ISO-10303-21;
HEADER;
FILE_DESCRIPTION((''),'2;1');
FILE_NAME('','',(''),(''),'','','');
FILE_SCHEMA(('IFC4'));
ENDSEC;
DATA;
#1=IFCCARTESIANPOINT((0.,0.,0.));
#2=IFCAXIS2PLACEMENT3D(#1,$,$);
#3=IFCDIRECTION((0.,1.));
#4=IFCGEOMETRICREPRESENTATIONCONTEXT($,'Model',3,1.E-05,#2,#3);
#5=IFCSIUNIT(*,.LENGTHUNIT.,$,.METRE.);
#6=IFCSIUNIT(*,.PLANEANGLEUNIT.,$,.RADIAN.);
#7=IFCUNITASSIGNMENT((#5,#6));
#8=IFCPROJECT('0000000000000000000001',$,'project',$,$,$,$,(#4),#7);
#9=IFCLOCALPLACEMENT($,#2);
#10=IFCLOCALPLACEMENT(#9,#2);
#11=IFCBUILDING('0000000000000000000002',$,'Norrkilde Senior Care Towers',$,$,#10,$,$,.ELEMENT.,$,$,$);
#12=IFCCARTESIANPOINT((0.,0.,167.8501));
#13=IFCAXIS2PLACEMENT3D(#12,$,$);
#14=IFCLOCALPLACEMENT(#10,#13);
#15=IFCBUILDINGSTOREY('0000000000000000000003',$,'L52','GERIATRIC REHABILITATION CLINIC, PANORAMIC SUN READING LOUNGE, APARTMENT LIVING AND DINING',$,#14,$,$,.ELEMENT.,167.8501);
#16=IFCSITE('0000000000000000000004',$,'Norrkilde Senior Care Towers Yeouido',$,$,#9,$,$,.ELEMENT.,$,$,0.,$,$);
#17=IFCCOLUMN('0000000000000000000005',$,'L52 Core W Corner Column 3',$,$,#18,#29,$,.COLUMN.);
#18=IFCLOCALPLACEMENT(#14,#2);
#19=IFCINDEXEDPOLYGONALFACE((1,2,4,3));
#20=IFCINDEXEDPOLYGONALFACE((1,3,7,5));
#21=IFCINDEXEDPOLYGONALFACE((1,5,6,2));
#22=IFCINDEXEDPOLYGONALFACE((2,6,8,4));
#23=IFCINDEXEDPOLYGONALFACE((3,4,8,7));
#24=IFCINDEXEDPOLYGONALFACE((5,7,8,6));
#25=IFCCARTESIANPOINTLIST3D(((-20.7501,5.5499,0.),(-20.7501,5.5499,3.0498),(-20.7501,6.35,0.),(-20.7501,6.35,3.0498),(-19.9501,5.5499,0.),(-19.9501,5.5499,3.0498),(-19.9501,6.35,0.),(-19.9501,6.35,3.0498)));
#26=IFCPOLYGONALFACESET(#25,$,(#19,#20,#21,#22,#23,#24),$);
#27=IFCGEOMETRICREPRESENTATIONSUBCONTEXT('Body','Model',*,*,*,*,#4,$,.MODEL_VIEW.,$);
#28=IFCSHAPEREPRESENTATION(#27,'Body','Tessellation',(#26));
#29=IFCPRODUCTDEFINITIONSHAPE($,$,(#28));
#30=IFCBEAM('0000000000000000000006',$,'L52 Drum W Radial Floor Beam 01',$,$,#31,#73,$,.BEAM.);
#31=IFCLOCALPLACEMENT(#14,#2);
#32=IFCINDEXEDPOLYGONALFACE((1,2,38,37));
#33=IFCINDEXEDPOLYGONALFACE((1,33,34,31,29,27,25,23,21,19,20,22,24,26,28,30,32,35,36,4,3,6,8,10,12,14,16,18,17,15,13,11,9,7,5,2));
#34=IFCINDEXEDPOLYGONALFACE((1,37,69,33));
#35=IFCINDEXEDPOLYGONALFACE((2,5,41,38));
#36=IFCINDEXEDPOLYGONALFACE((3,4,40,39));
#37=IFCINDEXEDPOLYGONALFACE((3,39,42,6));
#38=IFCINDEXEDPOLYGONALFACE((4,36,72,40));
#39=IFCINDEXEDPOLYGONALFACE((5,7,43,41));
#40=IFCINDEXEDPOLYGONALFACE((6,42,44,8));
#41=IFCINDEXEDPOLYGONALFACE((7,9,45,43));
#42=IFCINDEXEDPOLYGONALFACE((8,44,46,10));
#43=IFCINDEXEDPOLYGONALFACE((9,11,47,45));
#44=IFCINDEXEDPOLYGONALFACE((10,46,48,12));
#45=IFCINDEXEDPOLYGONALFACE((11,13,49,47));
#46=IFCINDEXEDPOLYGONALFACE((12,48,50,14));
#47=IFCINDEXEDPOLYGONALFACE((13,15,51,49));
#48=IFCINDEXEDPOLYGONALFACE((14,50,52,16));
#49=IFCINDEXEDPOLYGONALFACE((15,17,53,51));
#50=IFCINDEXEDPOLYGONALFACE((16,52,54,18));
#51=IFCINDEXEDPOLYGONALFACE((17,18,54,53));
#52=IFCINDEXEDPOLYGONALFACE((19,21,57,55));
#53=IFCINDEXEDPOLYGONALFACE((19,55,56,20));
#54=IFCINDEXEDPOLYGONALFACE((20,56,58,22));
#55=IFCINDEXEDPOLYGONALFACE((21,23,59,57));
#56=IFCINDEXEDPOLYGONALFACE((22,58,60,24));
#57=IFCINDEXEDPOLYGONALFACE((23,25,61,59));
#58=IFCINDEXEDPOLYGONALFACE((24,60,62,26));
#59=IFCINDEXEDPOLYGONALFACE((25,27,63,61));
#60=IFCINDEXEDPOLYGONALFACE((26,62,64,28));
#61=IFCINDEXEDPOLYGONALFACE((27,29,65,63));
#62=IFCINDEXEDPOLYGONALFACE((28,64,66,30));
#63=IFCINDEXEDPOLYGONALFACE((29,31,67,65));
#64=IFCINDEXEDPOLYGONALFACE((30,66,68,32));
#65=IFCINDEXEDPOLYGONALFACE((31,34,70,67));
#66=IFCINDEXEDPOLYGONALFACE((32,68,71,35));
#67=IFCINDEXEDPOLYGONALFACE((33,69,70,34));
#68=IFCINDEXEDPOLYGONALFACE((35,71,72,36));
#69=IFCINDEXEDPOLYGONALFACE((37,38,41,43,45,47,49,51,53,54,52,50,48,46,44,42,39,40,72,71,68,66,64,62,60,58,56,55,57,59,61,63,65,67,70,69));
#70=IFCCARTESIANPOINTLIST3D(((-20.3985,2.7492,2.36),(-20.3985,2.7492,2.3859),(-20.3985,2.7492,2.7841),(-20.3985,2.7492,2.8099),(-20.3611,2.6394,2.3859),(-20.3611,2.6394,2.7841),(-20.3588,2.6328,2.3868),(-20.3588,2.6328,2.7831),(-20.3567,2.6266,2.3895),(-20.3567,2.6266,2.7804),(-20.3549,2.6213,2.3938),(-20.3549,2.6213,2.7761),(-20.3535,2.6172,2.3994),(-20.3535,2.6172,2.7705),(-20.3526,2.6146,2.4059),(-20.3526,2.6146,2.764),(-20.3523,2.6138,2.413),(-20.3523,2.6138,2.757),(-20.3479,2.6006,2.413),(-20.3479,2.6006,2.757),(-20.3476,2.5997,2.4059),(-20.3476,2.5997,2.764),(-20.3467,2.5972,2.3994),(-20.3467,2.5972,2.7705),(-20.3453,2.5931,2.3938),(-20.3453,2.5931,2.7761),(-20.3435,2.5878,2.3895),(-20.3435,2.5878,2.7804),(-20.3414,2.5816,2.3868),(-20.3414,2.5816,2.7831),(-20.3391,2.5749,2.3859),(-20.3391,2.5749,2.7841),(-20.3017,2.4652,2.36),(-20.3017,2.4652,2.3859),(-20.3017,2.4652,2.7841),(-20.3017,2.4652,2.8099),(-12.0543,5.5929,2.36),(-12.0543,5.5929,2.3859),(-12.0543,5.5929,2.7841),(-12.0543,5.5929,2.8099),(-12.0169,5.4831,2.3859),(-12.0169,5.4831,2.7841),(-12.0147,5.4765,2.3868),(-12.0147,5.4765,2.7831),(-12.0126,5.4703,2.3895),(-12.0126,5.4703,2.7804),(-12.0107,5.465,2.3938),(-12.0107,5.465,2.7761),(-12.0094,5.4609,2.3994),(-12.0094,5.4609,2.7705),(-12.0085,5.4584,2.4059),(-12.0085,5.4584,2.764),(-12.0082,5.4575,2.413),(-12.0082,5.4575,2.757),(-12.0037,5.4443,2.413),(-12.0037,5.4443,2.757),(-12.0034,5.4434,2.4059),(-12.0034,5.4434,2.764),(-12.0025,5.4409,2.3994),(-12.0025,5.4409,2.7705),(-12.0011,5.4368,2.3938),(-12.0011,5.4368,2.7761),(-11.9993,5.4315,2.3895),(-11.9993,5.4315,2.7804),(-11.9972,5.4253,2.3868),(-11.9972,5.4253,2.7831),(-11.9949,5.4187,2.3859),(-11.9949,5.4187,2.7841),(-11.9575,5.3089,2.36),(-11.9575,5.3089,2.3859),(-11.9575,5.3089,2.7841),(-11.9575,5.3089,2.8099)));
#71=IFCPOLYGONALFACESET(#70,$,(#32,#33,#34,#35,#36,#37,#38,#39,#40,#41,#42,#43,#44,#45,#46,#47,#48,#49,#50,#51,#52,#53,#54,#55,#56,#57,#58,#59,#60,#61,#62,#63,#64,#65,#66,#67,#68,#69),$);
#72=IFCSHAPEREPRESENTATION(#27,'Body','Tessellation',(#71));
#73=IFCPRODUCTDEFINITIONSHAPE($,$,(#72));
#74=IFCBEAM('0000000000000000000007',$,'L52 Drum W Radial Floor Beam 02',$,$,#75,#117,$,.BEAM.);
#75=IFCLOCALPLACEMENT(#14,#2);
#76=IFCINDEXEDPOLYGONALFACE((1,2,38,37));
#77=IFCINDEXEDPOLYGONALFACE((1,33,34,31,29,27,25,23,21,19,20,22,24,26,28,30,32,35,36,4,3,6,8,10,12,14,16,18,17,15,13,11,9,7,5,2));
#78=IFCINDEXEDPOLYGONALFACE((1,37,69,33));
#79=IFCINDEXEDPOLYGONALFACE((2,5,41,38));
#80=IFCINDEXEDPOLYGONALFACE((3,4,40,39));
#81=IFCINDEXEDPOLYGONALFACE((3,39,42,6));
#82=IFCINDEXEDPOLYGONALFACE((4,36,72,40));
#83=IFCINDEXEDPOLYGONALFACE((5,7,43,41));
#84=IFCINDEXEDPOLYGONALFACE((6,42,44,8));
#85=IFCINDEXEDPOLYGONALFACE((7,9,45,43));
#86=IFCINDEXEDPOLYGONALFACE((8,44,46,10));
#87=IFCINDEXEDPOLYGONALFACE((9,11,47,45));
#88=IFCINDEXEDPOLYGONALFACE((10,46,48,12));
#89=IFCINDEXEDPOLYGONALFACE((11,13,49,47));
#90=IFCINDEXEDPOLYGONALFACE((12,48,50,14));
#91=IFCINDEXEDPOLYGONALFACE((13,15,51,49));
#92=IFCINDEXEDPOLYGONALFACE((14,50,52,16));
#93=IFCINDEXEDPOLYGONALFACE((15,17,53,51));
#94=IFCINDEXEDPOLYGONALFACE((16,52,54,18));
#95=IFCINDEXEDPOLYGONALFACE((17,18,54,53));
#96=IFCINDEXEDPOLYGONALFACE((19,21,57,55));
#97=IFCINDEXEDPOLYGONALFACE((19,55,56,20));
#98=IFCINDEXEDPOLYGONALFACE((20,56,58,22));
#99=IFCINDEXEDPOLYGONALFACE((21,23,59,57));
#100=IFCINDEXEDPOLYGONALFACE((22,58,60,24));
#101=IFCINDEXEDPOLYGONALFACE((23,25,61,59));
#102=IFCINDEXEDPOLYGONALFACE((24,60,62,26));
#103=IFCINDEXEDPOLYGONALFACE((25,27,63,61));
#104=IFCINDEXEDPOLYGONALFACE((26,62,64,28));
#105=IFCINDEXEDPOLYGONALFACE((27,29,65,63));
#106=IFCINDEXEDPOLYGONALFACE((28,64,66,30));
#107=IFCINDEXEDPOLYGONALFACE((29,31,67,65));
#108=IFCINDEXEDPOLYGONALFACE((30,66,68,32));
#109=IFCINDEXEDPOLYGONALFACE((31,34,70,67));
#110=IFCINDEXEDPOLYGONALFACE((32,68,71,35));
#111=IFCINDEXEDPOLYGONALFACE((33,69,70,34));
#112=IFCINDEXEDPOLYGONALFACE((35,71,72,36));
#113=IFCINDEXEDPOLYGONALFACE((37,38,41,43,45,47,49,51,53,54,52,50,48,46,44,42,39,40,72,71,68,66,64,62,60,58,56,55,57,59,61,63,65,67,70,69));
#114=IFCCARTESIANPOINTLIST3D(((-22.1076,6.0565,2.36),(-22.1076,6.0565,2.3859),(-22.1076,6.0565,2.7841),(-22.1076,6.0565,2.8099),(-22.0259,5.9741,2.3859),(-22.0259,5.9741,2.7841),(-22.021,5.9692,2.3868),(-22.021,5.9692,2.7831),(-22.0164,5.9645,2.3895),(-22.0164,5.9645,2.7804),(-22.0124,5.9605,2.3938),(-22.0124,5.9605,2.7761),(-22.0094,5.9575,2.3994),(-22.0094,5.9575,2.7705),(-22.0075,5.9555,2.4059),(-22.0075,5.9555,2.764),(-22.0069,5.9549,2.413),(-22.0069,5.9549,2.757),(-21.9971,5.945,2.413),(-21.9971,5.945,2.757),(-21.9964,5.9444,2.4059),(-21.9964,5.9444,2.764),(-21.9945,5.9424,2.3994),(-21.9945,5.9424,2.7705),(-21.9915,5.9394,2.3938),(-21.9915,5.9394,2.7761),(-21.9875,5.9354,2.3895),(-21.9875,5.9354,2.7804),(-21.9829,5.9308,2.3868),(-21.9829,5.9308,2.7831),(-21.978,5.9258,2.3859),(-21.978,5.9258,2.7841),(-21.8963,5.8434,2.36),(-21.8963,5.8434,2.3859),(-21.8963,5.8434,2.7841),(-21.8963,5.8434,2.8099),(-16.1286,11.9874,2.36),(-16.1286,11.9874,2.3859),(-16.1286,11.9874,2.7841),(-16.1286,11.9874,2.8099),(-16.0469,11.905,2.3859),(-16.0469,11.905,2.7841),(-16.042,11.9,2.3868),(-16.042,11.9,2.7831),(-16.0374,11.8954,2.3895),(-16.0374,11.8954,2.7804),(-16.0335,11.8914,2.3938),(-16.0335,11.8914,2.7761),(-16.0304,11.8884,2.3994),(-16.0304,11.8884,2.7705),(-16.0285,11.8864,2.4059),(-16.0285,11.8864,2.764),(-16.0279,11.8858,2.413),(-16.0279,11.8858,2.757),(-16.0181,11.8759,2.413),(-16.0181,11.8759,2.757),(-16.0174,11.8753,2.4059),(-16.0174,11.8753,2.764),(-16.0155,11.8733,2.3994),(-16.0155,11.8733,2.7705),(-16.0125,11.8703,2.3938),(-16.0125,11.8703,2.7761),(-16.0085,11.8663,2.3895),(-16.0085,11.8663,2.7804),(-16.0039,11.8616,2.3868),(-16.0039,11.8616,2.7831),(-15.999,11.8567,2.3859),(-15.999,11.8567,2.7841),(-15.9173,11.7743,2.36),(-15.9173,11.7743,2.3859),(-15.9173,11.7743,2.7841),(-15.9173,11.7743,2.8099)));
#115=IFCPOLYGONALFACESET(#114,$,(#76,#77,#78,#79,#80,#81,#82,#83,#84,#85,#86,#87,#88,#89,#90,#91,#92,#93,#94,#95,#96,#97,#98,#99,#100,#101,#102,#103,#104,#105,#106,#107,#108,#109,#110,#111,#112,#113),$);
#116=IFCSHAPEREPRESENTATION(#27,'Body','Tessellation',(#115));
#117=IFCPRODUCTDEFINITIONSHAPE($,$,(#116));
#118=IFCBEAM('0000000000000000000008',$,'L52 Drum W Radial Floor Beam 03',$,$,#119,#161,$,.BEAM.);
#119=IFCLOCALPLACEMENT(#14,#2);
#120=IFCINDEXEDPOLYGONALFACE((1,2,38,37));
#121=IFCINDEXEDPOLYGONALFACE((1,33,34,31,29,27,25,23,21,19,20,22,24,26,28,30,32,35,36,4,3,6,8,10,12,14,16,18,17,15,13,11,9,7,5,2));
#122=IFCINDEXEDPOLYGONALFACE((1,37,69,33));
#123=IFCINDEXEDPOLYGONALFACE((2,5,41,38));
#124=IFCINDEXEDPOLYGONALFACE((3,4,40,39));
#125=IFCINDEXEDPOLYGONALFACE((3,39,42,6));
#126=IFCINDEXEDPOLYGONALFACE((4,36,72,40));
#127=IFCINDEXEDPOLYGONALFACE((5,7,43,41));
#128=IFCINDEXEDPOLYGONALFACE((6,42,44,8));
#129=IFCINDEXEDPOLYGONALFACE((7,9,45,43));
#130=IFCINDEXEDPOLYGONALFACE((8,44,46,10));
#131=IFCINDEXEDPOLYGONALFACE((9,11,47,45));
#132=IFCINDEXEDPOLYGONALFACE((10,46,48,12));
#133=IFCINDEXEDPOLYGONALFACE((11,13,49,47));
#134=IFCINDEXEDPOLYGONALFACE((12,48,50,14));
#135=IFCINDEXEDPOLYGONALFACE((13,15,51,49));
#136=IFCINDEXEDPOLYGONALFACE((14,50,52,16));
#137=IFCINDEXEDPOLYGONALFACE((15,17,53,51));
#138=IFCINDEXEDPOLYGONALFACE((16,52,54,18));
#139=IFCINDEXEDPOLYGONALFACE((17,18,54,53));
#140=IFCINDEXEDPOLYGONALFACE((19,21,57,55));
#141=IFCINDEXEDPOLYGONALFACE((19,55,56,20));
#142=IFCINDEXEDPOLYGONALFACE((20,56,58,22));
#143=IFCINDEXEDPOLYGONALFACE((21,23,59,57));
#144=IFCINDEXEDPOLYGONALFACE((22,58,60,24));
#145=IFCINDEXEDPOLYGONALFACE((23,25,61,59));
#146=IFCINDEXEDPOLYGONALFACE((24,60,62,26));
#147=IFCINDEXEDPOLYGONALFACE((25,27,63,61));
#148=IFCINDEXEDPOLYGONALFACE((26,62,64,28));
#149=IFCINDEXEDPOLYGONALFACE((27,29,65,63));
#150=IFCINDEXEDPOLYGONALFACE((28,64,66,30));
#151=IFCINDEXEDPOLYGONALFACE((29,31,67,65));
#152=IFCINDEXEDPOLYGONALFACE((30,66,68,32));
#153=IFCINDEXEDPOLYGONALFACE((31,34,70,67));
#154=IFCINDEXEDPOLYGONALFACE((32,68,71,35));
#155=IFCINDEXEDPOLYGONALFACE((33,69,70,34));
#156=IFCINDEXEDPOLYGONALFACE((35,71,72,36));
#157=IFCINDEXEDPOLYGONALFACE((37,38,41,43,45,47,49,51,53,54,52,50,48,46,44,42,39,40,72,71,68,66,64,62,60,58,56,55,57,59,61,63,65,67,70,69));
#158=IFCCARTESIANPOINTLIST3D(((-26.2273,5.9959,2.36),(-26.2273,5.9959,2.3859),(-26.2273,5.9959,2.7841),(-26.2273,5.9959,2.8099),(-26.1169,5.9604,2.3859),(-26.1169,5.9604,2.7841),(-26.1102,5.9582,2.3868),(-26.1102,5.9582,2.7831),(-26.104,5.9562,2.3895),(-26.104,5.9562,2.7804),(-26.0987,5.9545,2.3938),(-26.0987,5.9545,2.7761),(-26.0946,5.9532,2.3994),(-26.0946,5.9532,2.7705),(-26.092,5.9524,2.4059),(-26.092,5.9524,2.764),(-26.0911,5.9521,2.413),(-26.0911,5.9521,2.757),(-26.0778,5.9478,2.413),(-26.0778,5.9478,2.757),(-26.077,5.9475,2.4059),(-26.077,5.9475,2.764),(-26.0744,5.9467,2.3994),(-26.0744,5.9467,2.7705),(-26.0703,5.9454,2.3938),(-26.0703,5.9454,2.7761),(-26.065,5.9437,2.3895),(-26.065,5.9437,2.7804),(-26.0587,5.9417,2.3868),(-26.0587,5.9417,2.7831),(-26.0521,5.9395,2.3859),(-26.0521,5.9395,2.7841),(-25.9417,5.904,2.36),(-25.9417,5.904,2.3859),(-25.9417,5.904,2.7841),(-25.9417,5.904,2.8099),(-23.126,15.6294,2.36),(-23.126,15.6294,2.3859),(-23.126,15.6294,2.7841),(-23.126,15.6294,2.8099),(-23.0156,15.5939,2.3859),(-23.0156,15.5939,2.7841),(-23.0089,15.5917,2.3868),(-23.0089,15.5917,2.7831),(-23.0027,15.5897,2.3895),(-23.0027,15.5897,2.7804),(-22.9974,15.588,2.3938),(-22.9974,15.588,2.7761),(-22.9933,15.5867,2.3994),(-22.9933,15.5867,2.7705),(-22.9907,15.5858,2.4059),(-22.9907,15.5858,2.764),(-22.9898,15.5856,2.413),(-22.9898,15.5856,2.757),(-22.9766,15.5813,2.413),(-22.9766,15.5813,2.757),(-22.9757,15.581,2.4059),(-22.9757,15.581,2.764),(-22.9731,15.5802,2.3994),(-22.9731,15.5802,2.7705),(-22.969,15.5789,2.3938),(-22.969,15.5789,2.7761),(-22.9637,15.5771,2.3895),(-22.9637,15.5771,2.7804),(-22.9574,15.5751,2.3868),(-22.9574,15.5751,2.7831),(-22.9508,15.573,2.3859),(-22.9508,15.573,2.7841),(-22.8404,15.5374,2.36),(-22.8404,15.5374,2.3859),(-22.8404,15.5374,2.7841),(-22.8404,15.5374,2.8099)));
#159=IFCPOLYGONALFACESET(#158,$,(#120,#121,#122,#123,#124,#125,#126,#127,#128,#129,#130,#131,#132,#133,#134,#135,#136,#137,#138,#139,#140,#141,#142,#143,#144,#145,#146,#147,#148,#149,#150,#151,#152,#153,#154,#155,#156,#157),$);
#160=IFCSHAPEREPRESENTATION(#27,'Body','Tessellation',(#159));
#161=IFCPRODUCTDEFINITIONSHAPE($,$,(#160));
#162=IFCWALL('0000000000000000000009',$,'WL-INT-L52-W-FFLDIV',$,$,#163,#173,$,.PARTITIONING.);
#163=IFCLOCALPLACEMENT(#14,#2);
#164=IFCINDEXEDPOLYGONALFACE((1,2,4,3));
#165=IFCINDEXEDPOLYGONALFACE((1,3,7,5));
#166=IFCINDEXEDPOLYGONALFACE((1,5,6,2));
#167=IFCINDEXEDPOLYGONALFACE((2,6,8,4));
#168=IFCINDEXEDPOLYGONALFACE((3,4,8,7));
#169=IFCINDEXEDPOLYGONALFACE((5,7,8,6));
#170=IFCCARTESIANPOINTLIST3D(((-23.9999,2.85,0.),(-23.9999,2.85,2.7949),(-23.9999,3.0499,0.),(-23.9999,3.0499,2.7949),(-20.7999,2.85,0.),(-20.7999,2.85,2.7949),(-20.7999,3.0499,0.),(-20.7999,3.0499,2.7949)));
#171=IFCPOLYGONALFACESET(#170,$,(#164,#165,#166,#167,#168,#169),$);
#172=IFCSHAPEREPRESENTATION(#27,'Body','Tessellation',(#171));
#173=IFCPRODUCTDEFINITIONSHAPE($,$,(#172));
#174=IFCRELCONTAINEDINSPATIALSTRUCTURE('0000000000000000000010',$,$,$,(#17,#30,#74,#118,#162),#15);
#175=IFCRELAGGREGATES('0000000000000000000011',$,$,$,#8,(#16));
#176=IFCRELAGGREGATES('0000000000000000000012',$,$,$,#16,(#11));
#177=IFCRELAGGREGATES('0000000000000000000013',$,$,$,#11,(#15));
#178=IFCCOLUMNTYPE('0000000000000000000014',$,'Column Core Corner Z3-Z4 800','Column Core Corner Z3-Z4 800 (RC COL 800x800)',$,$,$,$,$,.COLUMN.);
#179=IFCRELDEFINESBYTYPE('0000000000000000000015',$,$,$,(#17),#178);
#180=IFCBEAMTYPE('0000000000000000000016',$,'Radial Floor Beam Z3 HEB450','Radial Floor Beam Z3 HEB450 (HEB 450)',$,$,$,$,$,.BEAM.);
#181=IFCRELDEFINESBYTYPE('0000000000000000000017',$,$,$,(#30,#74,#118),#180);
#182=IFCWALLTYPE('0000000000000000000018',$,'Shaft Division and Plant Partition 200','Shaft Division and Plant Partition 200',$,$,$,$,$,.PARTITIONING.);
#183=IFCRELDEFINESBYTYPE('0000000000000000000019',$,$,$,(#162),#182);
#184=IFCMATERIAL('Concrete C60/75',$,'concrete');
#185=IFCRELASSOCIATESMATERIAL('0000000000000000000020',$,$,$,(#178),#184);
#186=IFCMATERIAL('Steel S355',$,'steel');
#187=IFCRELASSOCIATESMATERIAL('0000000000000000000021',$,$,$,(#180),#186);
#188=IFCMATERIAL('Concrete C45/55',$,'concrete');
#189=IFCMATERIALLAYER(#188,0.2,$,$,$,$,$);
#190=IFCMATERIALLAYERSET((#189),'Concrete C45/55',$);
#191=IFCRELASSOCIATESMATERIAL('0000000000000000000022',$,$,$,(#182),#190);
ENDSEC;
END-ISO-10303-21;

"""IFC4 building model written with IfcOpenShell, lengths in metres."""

from ifc_helpers import new_model, si_unit, direction, frame, frame_2d, origin, origin_2d, place, context, subcontext, project, spatial, rectangle, i_section, extrude, source, transform, mapped, material, layer, layer_set, material_profile, profile_set, type_object, type_shapes, element, save


model = new_model("IFC4")

# Units and contexts
model_context = context("Model", 3, precision=1e-05, world=origin(), true_north=direction((0.0, 1.0)))
body_context = subcontext(model_context, "Body", "Model", "MODEL_VIEW")
ifc_project = project(units=[si_unit("LENGTHUNIT", "METRE"), si_unit("PLANEANGLEUNIT", "RADIAN")], contexts=[model_context])

# Site, building, storey
site_placement = place(None, origin())
site = spatial("IfcSite", under=ifc_project, at=site_placement, Name="Norrkilde Senior Care Towers Yeouido", CompositionType="ELEMENT", RefElevation=0.0)
building_placement = place(site_placement, origin())
building = spatial("IfcBuilding", under=site, at=building_placement, Name="Norrkilde Senior Care Towers", CompositionType="ELEMENT")
storey_placement = place(building_placement, frame((0.0, 0.0, 167.8501)))
storey = spatial("IfcBuildingStorey", under=building, at=storey_placement, Name="L52", Description="GERIATRIC REHABILITATION CLINIC, PANORAMIC SUN READING LOUNGE, APARTMENT LIVING AND DINING", CompositionType="ELEMENT", Elevation=167.8501)

# Column
ifc_material_1 = material(Name="Concrete C60/75", Category="concrete")
ifc_material_profile_1 = material_profile(ifc_material_1, rectangle(XDim=0.8, YDim=0.8, at=origin_2d()), Name="RC COL 800x800")
ifc_profile_set_1 = profile_set([ifc_material_profile_1], Name="Concrete C60/75")
column_type = type_object("IfcColumnType", Name="Column Core Corner Z3-Z4 800", Description="Column Core Corner Z3-Z4 800 (RC COL 800x800)", PredefinedType="COLUMN", material=ifc_profile_set_1)
shared_shape_1 = source(origin(), body_context, "Body", "SweptSolid", [
    extrude(rectangle(XDim=0.8, YDim=0.8, at=origin_2d()), origin(), (0.0, 0.0, 1.0), 3.0498),
])
type_shapes(column_type, [shared_shape_1])
column_placement = place(storey_placement, frame((-20.3501, 5.95, 0.0), z_axis=(0.0, 0.0, 1.0), x_axis=(1.0, 0.0, 0.0)))
element("IfcColumn", 1, at=column_placement, inside=storey, type_object=column_type, Name="L52 Core W Corner Column 3", PredefinedType="COLUMN", context=body_context, shape_type="MappedRepresentation", body=[
    mapped(shared_shape_1, transform((0.0, 0.0, 0.0), x_axis=(1.0, 0.0, 0.0), y_axis=(0.0, 1.0, 0.0), z_axis=(0.0, 0.0, 1.0), scale=1.0)),
])

# Beams
ifc_material_2 = material(Name="Steel S355", Category="steel")
ifc_material_profile_2 = material_profile(ifc_material_2, i_section(OverallWidth=0.3, OverallDepth=0.45, WebThickness=0.0139, FlangeThickness=0.0259, FilletRadius=0.0271, at=origin_2d()), Name="HEB 450")
ifc_profile_set_2 = profile_set([ifc_material_profile_2], Name="Steel S355")
beam_type = type_object("IfcBeamType", Name="Radial Floor Beam Z3 HEB450", Description="Radial Floor Beam Z3 HEB450 (HEB 450)", PredefinedType="BEAM", material=ifc_profile_set_2)
shared_shape_2 = source(origin(), body_context, "Body", "SweptSolid", [
    extrude(i_section(OverallWidth=0.3, OverallDepth=0.45, WebThickness=0.0139, FlangeThickness=0.0259, FilletRadius=0.0271, at=origin_2d()), origin(), (0.0, 0.0, 1.0), 8.8154),
])
beam_1_placement = place(storey_placement, frame((-20.3501, 2.6072, 2.585), z_axis=(0.946541, 0.322585, 0.0), x_axis=(-0.322585, 0.946541, 0.0)))
element("IfcBeam", 2, at=beam_1_placement, inside=storey, type_object=beam_type, Name="L52 Drum W Radial Floor Beam 01", PredefinedType="BEAM", context=body_context, shape_type="MappedRepresentation", body=[
    mapped(shared_shape_2, transform((0.0, 0.0, 0.0), x_axis=(1.0, 0.0, 0.0), y_axis=(0.0, 1.0, 0.0), z_axis=(0.0, 0.0, 1.0), scale=1.0)),
])
shared_shape_3 = source(origin(), body_context, "Body", "SweptSolid", [
    extrude(i_section(OverallWidth=0.3, OverallDepth=0.45, WebThickness=0.0139, FlangeThickness=0.0259, FilletRadius=0.0271, at=origin_2d()), origin(), (0.0, 0.0, 1.0), 8.4216),
])
beam_2_placement = place(storey_placement, frame((-22.002, 5.95, 2.585), z_axis=(0.709956, 0.704246, 0.0), x_axis=(-0.704246, 0.709956, 0.0)))
element("IfcBeam", 3, at=beam_2_placement, inside=storey, type_object=beam_type, Name="L52 Drum W Radial Floor Beam 02", PredefinedType="BEAM", context=body_context, shape_type="MappedRepresentation", body=[
    mapped(shared_shape_3, transform((0.0, 0.0, 0.0), x_axis=(1.0, 0.0, 0.0), y_axis=(0.0, 1.0, 0.0), z_axis=(0.0, 0.0, 1.0), scale=1.0)),
])
shared_shape_4 = source(origin(), body_context, "Body", "SweptSolid", [
    extrude(i_section(OverallWidth=0.3, OverallDepth=0.45, WebThickness=0.0139, FlangeThickness=0.0259, FilletRadius=0.0271, at=origin_2d()), origin(), (0.0, 0.0, 1.0), 10.1204),
])
type_shapes(beam_type, [shared_shape_2, shared_shape_3, shared_shape_4])
beam_3_placement = place(storey_placement, frame((-26.0845, 5.95, 2.585), z_axis=(0.306441, 0.95189, 0.0), x_axis=(-0.95189, 0.306441, 0.0)))
element("IfcBeam", 4, at=beam_3_placement, inside=storey, type_object=beam_type, Name="L52 Drum W Radial Floor Beam 03", PredefinedType="BEAM", context=body_context, shape_type="MappedRepresentation", body=[
    mapped(shared_shape_4, transform((0.0, 0.0, 0.0), x_axis=(1.0, 0.0, 0.0), y_axis=(0.0, 1.0, 0.0), z_axis=(0.0, 0.0, 1.0), scale=1.0)),
])

# Wall
ifc_material_3 = material(Name="Concrete C45/55", Category="concrete")
ifc_layer_1 = layer(ifc_material_3, 0.2)
ifc_layer_set_1 = layer_set([ifc_layer_1], Name="Concrete C45/55")
wall_type_1 = type_object("IfcWallType", Name="Shaft Division and Plant Partition 200", Description="Shaft Division and Plant Partition 200", PredefinedType="PARTITIONING", material=ifc_layer_set_1)
shared_shape_5 = source(origin(), body_context, "Body", "SweptSolid", [
    extrude(rectangle(XDim=3.2, YDim=0.2, at=frame_2d((1.6001, 0.0))), origin(), (0.0, 0.0, 1.0), 2.7949),
])
type_shapes(wall_type_1, [shared_shape_5])
wall_1_placement = place(storey_placement, frame((-24.0, 2.95, 0.0), z_axis=(0.0, 0.0, 1.0), x_axis=(1.0, 0.0, 0.0)))
element("IfcWall", 5, at=wall_1_placement, inside=storey, type_object=wall_type_1, Name="WL-INT-L52-W-FFLDIV", PredefinedType="PARTITIONING", context=body_context, shape_type="MappedRepresentation", body=[
    mapped(shared_shape_5, transform((0.0, 0.0, 0.0), x_axis=(1.0, 0.0, 0.0), y_axis=(0.0, 1.0, 0.0), z_axis=(0.0, 0.0, 1.0), scale=1.0)),
])

save(model, "model.ifc")
